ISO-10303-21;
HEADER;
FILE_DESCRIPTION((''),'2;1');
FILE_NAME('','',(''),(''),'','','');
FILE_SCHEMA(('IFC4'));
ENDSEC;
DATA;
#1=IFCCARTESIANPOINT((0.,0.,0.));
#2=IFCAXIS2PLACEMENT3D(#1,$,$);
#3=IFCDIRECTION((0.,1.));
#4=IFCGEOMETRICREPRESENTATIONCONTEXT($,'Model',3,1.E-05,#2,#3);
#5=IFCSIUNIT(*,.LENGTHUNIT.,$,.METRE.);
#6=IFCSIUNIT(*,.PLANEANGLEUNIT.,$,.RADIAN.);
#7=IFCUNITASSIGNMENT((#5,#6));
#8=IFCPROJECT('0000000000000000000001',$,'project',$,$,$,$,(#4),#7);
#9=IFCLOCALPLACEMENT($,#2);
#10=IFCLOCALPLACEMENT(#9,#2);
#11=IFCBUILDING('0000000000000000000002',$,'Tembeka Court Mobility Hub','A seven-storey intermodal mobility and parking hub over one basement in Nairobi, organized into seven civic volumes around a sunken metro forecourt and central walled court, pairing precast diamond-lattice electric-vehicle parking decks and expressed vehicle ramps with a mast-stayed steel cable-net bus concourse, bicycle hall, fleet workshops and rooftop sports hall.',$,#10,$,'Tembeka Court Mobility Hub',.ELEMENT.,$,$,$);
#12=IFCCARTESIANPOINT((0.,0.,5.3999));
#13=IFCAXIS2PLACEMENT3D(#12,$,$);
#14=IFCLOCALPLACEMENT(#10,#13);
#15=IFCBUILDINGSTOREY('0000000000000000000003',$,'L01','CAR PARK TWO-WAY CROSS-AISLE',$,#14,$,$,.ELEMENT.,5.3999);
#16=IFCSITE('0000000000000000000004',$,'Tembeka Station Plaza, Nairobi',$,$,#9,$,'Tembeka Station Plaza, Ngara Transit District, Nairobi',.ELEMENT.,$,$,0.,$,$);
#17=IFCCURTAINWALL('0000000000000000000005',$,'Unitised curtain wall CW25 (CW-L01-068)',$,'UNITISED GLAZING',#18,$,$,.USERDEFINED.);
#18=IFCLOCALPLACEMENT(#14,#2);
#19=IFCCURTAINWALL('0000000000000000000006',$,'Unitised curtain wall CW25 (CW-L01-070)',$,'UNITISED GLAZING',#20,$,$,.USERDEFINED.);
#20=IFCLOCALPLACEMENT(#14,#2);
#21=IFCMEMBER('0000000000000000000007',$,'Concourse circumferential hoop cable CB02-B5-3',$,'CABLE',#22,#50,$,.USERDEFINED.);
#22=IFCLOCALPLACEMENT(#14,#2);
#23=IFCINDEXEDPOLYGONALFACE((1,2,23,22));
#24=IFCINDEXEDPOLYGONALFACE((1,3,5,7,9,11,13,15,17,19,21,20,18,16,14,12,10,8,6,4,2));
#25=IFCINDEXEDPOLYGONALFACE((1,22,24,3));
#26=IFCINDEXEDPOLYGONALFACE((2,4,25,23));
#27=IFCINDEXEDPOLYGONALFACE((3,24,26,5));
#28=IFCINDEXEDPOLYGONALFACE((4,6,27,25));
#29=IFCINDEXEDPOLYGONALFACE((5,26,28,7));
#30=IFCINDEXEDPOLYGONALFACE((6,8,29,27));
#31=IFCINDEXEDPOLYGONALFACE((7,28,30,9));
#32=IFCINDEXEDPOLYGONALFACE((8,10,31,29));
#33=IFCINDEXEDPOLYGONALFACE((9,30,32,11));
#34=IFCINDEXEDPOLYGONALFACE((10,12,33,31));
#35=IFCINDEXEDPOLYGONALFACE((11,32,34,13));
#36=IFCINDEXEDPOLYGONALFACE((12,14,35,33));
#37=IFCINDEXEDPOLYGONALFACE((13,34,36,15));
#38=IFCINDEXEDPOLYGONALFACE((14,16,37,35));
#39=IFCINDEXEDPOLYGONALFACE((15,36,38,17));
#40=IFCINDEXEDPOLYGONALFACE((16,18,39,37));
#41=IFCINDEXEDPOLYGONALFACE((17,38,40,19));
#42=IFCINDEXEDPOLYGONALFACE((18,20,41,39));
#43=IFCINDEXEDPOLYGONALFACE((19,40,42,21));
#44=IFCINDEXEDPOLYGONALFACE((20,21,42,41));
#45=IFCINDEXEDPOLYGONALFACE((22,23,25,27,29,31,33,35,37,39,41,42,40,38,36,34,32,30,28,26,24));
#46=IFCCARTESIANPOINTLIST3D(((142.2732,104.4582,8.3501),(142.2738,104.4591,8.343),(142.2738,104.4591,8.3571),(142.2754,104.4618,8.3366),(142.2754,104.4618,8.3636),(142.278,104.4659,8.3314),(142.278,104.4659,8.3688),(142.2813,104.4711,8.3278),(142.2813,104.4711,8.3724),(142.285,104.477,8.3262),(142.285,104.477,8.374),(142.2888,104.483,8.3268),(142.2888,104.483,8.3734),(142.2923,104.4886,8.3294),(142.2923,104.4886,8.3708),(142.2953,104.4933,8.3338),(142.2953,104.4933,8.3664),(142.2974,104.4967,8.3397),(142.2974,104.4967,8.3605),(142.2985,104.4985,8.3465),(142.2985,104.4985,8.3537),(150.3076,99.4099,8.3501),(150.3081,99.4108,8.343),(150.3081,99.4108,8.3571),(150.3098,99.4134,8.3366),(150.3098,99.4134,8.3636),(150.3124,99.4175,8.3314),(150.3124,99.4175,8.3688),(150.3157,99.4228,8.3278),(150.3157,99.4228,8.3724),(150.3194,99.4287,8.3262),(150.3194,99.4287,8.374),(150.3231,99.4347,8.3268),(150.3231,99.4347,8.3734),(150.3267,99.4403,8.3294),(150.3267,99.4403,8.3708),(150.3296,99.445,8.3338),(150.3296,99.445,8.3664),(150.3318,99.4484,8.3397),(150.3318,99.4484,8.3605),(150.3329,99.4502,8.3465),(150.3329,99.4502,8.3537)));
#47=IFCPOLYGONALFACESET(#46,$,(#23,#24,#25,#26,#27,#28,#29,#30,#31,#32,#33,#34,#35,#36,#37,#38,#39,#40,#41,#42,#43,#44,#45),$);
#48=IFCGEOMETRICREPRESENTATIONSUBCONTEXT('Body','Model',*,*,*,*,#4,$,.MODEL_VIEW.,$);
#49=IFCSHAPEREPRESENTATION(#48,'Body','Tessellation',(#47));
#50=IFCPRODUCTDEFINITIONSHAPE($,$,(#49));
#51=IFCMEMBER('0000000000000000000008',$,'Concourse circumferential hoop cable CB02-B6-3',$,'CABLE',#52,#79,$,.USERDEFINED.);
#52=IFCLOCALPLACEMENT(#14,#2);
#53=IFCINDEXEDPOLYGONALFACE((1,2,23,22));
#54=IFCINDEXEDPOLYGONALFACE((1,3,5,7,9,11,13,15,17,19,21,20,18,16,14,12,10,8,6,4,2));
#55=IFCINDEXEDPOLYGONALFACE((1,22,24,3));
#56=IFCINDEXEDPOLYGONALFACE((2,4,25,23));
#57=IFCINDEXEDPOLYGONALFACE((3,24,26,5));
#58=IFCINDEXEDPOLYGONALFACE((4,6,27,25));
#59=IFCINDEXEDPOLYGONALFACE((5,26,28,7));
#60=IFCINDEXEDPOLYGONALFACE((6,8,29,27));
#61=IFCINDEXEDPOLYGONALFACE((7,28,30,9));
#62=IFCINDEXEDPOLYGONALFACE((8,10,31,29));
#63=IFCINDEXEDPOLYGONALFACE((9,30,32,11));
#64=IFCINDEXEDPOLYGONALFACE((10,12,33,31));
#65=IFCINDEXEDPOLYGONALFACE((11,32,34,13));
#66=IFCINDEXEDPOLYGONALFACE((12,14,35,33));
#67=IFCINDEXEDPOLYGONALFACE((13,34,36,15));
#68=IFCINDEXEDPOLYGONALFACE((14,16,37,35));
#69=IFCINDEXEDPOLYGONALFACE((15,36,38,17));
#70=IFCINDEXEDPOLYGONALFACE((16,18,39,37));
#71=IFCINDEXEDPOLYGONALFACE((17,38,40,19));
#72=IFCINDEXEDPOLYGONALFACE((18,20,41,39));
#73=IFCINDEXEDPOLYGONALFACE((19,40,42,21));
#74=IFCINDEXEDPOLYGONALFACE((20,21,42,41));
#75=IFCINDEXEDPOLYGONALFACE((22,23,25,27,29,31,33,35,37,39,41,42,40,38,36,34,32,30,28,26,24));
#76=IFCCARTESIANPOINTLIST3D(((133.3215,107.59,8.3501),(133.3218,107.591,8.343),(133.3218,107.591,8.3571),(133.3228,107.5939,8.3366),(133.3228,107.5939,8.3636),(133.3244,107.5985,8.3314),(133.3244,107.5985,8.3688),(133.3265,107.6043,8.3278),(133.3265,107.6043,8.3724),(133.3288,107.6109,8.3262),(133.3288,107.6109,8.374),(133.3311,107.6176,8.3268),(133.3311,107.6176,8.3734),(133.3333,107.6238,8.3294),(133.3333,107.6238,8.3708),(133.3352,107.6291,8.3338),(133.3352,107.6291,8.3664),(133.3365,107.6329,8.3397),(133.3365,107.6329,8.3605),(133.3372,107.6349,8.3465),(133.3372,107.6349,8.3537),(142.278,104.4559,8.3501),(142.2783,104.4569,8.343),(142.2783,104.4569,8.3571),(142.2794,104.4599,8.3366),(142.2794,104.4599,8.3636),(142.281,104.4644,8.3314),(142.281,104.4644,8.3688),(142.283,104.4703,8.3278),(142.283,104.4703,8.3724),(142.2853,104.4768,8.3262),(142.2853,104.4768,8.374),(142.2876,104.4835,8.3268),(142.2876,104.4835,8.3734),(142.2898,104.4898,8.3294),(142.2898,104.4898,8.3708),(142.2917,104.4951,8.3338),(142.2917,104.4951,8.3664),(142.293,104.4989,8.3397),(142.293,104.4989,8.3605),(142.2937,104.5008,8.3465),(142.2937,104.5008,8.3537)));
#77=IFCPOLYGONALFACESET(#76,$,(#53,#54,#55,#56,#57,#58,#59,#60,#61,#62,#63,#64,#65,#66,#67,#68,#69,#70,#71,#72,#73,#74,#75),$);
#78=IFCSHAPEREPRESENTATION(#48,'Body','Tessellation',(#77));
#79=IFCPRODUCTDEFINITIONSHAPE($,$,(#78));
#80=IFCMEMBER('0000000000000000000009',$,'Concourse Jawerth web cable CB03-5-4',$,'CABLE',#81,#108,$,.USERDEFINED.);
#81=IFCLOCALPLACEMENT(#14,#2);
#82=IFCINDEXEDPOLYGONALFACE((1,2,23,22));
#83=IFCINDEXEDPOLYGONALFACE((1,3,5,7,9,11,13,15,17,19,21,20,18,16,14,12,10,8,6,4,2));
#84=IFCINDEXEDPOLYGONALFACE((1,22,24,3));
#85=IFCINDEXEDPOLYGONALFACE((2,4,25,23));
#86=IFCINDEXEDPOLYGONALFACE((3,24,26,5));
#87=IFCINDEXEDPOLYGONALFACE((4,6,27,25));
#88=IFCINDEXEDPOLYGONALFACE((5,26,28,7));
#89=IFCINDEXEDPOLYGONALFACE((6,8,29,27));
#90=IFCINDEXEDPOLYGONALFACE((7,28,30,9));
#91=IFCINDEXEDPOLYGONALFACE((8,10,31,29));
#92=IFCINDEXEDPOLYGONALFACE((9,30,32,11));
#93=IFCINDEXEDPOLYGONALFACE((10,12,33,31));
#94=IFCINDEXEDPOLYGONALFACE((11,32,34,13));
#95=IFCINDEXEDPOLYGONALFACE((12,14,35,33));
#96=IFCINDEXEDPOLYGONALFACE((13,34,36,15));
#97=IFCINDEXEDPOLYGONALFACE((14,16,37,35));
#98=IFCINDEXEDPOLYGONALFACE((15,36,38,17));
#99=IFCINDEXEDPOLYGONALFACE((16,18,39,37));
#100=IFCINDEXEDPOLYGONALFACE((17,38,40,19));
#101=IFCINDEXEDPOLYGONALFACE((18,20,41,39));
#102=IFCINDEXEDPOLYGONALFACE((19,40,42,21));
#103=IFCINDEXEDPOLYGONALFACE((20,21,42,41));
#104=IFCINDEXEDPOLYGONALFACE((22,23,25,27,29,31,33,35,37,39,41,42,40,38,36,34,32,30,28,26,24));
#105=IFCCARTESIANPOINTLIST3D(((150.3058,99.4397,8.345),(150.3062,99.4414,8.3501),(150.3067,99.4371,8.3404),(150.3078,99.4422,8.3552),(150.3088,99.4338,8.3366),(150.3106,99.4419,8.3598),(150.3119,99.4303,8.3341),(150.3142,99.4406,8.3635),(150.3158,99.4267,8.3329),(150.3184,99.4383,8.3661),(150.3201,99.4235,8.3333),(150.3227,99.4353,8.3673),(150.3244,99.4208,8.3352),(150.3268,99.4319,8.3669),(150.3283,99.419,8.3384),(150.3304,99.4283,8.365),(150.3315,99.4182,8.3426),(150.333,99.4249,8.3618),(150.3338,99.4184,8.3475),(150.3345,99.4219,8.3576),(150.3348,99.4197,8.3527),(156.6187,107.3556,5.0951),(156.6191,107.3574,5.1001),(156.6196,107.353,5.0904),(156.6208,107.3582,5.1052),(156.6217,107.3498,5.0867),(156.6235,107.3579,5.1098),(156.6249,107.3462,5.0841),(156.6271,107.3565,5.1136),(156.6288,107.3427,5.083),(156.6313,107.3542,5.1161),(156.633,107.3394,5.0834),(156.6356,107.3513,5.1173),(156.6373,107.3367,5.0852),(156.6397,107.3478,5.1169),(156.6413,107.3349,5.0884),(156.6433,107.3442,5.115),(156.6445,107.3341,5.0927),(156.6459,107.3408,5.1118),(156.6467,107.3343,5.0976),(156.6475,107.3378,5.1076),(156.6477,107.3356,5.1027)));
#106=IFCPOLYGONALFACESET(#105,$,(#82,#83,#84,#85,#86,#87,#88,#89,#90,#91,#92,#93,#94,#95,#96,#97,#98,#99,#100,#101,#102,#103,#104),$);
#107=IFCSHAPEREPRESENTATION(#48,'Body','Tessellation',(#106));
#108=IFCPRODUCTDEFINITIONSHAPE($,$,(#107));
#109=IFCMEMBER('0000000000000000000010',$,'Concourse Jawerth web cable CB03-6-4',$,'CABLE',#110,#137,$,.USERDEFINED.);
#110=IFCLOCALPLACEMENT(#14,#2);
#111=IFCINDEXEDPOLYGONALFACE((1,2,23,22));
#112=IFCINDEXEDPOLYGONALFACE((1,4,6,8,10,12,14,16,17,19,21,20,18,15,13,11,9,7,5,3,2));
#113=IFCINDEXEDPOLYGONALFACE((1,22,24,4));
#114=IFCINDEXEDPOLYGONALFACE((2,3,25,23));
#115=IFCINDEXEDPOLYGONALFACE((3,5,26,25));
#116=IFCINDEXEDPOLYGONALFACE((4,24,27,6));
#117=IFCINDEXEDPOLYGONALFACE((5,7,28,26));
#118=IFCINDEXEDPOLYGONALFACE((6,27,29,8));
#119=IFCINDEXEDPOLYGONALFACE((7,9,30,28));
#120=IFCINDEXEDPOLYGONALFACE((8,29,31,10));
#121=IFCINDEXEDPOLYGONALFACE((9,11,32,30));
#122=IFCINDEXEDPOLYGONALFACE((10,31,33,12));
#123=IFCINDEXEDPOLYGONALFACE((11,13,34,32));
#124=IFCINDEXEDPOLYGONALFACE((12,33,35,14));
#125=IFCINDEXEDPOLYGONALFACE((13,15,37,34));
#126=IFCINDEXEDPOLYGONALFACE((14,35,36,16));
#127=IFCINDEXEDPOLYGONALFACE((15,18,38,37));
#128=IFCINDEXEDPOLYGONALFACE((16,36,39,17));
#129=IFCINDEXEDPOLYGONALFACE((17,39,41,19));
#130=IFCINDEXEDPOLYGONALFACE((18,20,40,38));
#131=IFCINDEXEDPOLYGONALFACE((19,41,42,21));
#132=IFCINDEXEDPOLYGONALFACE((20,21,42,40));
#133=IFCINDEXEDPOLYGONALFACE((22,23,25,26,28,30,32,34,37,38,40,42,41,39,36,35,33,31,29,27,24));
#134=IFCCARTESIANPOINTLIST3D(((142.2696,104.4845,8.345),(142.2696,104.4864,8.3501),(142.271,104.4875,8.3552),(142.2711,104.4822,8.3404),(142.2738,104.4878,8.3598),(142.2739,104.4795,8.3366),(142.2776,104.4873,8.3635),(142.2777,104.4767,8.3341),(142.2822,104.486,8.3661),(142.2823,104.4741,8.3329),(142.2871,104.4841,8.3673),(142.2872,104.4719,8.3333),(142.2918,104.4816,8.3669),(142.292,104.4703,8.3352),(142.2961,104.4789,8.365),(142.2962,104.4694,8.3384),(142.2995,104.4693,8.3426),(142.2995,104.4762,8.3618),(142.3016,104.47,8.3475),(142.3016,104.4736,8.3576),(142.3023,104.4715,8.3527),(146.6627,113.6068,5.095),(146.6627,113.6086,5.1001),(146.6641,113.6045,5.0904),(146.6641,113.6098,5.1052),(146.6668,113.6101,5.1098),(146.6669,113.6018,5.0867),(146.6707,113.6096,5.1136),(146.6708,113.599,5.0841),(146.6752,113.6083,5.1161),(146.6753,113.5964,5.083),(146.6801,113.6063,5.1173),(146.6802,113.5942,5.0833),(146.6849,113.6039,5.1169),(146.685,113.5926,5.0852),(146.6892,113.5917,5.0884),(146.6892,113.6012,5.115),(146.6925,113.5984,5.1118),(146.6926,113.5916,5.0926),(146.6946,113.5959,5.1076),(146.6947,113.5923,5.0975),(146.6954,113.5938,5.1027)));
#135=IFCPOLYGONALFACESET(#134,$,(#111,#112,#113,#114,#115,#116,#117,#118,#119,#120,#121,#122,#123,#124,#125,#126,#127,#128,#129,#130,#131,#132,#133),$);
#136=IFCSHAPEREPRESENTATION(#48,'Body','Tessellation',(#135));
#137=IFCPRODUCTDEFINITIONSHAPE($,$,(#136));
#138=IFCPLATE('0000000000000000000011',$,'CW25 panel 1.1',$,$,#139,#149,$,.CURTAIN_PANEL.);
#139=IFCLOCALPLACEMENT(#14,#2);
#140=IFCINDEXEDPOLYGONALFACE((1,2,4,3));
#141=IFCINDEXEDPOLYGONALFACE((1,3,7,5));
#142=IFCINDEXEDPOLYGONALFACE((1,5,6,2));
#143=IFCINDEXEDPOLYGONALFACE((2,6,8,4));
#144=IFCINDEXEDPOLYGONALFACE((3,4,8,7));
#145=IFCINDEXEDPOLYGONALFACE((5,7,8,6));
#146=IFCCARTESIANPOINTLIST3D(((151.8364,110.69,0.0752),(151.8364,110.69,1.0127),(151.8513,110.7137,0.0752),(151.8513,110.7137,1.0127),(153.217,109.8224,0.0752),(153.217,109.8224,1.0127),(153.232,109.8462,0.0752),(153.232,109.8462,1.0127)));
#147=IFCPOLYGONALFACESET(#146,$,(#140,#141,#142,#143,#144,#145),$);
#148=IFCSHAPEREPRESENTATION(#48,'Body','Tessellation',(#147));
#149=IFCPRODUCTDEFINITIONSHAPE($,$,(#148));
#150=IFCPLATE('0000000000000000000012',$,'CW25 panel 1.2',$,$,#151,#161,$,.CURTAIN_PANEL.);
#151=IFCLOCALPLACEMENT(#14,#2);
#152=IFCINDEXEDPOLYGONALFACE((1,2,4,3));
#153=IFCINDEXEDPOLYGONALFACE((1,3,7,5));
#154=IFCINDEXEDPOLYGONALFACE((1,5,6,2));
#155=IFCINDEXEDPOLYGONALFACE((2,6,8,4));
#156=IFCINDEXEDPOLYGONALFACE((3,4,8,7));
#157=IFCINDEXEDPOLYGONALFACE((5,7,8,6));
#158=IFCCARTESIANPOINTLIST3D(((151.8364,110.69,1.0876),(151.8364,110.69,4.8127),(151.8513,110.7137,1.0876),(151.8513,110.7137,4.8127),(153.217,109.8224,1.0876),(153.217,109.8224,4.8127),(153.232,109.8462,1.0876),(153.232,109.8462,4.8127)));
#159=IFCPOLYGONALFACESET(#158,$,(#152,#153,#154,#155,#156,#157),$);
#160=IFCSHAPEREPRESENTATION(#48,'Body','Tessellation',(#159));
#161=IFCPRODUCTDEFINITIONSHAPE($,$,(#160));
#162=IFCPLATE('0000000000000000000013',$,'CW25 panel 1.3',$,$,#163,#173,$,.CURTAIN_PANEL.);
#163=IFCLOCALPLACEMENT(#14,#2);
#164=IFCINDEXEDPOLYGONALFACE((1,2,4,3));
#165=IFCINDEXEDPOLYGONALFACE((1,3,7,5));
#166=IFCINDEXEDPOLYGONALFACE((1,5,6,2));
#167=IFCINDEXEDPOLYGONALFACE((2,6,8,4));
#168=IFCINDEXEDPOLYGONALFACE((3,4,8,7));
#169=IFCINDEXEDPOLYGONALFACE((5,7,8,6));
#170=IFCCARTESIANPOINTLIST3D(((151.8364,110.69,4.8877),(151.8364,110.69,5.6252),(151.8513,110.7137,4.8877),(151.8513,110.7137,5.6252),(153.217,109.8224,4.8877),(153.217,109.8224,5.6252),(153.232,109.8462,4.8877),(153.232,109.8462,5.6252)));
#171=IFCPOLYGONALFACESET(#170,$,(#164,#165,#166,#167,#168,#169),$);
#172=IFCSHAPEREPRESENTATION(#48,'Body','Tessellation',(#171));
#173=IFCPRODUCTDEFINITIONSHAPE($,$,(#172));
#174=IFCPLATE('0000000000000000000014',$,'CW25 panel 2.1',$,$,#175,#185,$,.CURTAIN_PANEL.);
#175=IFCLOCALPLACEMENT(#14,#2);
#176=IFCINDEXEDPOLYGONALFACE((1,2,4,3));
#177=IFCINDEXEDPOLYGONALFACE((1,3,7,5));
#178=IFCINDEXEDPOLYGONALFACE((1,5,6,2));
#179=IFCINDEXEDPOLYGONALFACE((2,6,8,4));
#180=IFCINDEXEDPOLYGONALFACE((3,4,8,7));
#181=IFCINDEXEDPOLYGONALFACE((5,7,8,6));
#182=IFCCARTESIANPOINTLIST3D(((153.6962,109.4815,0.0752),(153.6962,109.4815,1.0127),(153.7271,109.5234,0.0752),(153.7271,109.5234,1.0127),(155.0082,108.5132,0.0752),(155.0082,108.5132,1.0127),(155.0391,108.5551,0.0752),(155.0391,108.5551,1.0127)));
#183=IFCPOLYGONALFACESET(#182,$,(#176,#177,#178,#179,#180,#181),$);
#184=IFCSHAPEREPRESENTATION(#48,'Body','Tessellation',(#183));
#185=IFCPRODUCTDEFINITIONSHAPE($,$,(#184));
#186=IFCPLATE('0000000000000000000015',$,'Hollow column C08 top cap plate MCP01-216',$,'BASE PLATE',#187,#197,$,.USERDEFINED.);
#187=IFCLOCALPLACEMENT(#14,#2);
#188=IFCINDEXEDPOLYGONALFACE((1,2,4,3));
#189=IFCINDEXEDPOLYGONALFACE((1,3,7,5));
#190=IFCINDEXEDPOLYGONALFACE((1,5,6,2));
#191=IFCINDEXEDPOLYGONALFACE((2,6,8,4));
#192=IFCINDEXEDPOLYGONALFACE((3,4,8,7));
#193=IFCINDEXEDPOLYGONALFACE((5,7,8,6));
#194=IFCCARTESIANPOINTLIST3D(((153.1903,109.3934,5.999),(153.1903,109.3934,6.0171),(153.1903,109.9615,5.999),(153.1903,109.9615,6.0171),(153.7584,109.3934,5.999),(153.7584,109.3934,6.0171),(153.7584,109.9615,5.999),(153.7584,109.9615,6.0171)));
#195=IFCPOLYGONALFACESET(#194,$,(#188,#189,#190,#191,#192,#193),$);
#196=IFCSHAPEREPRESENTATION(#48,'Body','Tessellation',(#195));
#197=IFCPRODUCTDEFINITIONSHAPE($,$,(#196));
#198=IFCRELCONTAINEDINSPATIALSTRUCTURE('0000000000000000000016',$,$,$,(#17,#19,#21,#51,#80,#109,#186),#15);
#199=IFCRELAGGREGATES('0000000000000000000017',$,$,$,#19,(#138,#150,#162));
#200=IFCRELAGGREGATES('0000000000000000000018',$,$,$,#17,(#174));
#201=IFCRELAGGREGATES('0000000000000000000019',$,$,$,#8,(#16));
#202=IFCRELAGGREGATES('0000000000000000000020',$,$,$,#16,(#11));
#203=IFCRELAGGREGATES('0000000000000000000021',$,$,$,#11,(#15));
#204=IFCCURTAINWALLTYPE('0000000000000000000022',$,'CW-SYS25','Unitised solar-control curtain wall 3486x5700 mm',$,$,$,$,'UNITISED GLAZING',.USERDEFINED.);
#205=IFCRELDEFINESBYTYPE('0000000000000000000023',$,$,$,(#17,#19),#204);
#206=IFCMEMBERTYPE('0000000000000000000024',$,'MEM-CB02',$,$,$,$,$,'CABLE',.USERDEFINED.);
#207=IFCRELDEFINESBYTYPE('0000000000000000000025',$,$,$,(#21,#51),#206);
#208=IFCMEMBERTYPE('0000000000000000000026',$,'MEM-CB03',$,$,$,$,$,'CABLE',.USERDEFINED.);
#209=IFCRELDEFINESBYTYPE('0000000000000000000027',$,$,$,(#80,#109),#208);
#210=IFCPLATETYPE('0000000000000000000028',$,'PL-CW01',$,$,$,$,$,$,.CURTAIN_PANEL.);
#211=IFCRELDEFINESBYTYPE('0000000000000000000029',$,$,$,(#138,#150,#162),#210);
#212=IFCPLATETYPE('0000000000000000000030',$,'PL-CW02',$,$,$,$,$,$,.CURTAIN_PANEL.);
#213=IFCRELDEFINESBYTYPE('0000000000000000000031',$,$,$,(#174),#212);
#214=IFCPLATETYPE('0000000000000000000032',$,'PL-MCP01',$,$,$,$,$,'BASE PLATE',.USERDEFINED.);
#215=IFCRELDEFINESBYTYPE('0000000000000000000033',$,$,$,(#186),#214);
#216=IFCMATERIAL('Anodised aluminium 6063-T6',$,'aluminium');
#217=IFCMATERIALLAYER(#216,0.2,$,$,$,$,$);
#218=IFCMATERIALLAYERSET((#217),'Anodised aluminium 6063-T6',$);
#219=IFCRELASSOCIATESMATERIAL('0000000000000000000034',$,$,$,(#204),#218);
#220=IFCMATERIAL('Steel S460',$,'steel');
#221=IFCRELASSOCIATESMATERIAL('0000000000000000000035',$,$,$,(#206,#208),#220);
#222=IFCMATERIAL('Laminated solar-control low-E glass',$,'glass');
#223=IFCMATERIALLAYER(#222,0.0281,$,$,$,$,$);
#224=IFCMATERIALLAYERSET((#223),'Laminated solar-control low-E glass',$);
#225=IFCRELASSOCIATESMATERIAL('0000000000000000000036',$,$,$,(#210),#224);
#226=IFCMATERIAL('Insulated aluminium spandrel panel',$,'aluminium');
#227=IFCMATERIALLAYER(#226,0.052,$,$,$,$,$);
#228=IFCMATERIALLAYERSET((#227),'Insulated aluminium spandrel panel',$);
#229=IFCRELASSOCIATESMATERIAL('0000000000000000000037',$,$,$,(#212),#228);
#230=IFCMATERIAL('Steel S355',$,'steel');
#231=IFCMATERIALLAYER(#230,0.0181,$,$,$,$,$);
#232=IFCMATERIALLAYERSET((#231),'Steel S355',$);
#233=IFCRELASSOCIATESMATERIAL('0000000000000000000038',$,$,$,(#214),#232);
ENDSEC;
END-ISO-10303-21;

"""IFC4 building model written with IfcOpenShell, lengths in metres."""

from ifc_helpers import new_model, si_unit, direction, frame, origin, origin_2d, place, context, subcontext, project, spatial, rectangle, circle, extrude, material, layer, layer_set, material_profile, profile_set, type_object, element, aggregate, save


model = new_model("IFC4")

# Units and contexts
model_context = context("Model", 3, precision=1e-05, world=origin(), true_north=direction((0.0, 1.0)))
body_context = subcontext(model_context, "Body", "Model", "MODEL_VIEW")
ifc_project = project(units=[si_unit("LENGTHUNIT", "METRE"), si_unit("PLANEANGLEUNIT", "RADIAN")], contexts=[model_context])

# Site, building, storey
site_placement = place(None, origin())
site = spatial("IfcSite", under=ifc_project, at=site_placement, Name="Tembeka Station Plaza, Nairobi", LongName="Tembeka Station Plaza, Ngara Transit District, Nairobi", CompositionType="ELEMENT", RefElevation=0.0)
building_placement = place(site_placement, origin())
building = spatial("IfcBuilding", under=site, at=building_placement, Name="Tembeka Court Mobility Hub", Description="A seven-storey intermodal mobility and parking hub over one basement in Nairobi, organized into seven civic volumes around a sunken metro forecourt and central walled court, pairing precast diamond-lattice electric-vehicle parking decks and expressed vehicle ramps with a mast-stayed steel cable-net bus concourse, bicycle hall, fleet workshops and rooftop sports hall.", LongName="Tembeka Court Mobility Hub", CompositionType="ELEMENT")
storey_placement = place(building_placement, frame((0.0, 0.0, 5.3999)))
storey = spatial("IfcBuildingStorey", under=building, at=storey_placement, Name="L01", Description="CAR PARK TWO-WAY CROSS-AISLE", CompositionType="ELEMENT", Elevation=5.3999)

# Shared definitions
ifc_material_1 = material(Name="Steel S355", Category="steel")

# Curtain wall
ifc_material_2 = material(Name="Anodised aluminium 6063-T6", Category="aluminium")
ifc_layer_1 = layer(ifc_material_2, 0.2)
ifc_layer_set_1 = layer_set([ifc_layer_1], Name="Anodised aluminium 6063-T6")
curtain_wall_type = type_object("IfcCurtainWallType", Name="CW-SYS25", Description="Unitised solar-control curtain wall 3486x5700 mm", ElementType="UNITISED GLAZING", PredefinedType="USERDEFINED", material=ifc_layer_set_1)
curtain_wall_1_placement = place(storey_placement, origin())
curtain_wall_1 = element("IfcCurtainWall", 1, at=curtain_wall_1_placement, inside=storey, type_object=curtain_wall_type, Name="Unitised curtain wall CW25 (CW-L01-068)", ObjectType="UNITISED GLAZING", PredefinedType="USERDEFINED")

# Curtain wall
curtain_wall_2_placement = place(storey_placement, origin())
curtain_wall_2 = element("IfcCurtainWall", 2, at=curtain_wall_2_placement, inside=storey, type_object=curtain_wall_type, Name="Unitised curtain wall CW25 (CW-L01-070)", ObjectType="UNITISED GLAZING", PredefinedType="USERDEFINED")

# Members
ifc_material_3 = material(Name="Steel S460", Category="steel")
ifc_material_profile_1 = material_profile(ifc_material_3, circle(Radius=0.0239, at=origin_2d()), Name="CABLE D48")
ifc_profile_set_1 = profile_set([ifc_material_profile_1], Name="Steel S460")
member_type_1 = type_object("IfcMemberType", Name="MEM-CB02", ElementType="CABLE", PredefinedType="USERDEFINED", material=ifc_profile_set_1)
member_1_placement = place(storey_placement, frame((150.3203, 99.4302, 8.3501), z_axis=(-0.846725, 0.53203, 0.0), x_axis=(-0.53203, -0.846725, 0.0)))
element("IfcMember", 3, at=member_1_placement, inside=storey, type_object=member_type_1, Name="Concourse circumferential hoop cable CB02-B5-3", ObjectType="CABLE", PredefinedType="USERDEFINED", context=body_context, shape_type="SweptSolid", body=[
    extrude(circle(Radius=0.0239, at=origin_2d()), origin(), (0.0, 0.0, 1.0), 9.4888),
])
member_2_placement = place(storey_placement, frame((142.2859, 104.4785, 8.3501), z_axis=(-0.943883, 0.330279, 0.0), x_axis=(-0.330279, -0.943883, 0.0)))
element("IfcMember", 4, at=member_2_placement, inside=storey, type_object=member_type_1, Name="Concourse circumferential hoop cable CB02-B6-3", ObjectType="CABLE", PredefinedType="USERDEFINED", context=body_context, shape_type="SweptSolid", body=[
    extrude(circle(Radius=0.0239, at=origin_2d()), origin(), (0.0, 0.0, 1.0), 9.489),
])
ifc_material_profile_2 = material_profile(ifc_material_3, circle(Radius=0.0181, at=origin_2d()), Name="CABLE D36")
ifc_profile_set_2 = profile_set([ifc_material_profile_2], Name="Steel S460")
member_type_2 = type_object("IfcMemberType", Name="MEM-CB03", ElementType="CABLE", PredefinedType="USERDEFINED", material=ifc_profile_set_2)
for number, where, z_axis, x_axis, name in (
    (5, (150.3203, 99.4302, 8.3501), (0.593667, 0.744414, -0.305627), (-0.781823, 0.6235, 0.0), "Concourse Jawerth web cable CB03-5-4"),
    (6, (142.2859, 104.4785, 8.3501), (0.413122, 0.857859, -0.305629), (-0.900969, 0.433883, 0.0), "Concourse Jawerth web cable CB03-6-4"),
):
    element("IfcMember", number, at=place(storey_placement, frame(where, z_axis=z_axis, x_axis=x_axis)), inside=storey, type_object=member_type_2, Name=name, ObjectType="CABLE", PredefinedType="USERDEFINED", context=body_context, shape_type="SweptSolid", body=[
        extrude(circle(Radius=0.0181, at=origin_2d()), origin(), (0.0, 0.0, 1.0), 10.6338),
    ])

# Plates
ifc_material_4 = material(Name="Laminated solar-control low-E glass", Category="glass")
ifc_layer_2 = layer(ifc_material_4, 0.0281)
ifc_layer_set_2 = layer_set([ifc_layer_2], Name="Laminated solar-control low-E glass")
plate_type_1 = type_object("IfcPlateType", Name="PL-CW01", PredefinedType="CURTAIN_PANEL", material=ifc_layer_set_2)
plate_1_placement = place(storey_placement, frame((152.5342, 110.2681, 0.0752), z_axis=(0.0, 0.0, 1.0), x_axis=(-0.846708, 0.532058, 0.0)))
plate_1 = element("IfcPlate", 7, at=plate_1_placement, type_object=plate_type_1, Name="CW25 panel 1.1", PredefinedType="CURTAIN_PANEL", context=body_context, shape_type="SweptSolid", body=[
    extrude(rectangle(XDim=1.6306, YDim=0.0281, at=origin_2d()), origin(), (0.0, 0.0, 1.0), 0.9375),
])
plate_2_placement = place(storey_placement, frame((152.5342, 110.2681, 1.0876), z_axis=(0.0, 0.0, 1.0), x_axis=(-0.846708, 0.532058, 0.0)))
plate_2 = element("IfcPlate", 8, at=plate_2_placement, type_object=plate_type_1, Name="CW25 panel 1.2", PredefinedType="CURTAIN_PANEL", context=body_context, shape_type="SweptSolid", body=[
    extrude(rectangle(XDim=1.6306, YDim=0.0281, at=origin_2d()), origin(), (0.0, 0.0, 1.0), 3.7251),
])
plate_3_placement = place(storey_placement, frame((152.5342, 110.2681, 4.8877), z_axis=(0.0, 0.0, 1.0), x_axis=(-0.846708, 0.532058, 0.0)))
plate_3 = element("IfcPlate", 9, at=plate_3_placement, type_object=plate_type_1, Name="CW25 panel 1.3", PredefinedType="CURTAIN_PANEL", context=body_context, shape_type="SweptSolid", body=[
    extrude(rectangle(XDim=1.6306, YDim=0.0281, at=origin_2d()), origin(), (0.0, 0.0, 1.0), 0.7375),
])
aggregate(curtain_wall_2, [plate_1, plate_2, plate_3])
ifc_material_5 = material(Name="Insulated aluminium spandrel panel", Category="aluminium")
ifc_layer_3 = layer(ifc_material_5, 0.052)
ifc_layer_set_3 = layer_set([ifc_layer_3], Name="Insulated aluminium spandrel panel")
plate_type_2 = type_object("IfcPlateType", Name="PL-CW02", PredefinedType="CURTAIN_PANEL", material=ifc_layer_set_3)
plate_4_placement = place(storey_placement, frame((154.3677, 109.0183, 0.0752), z_axis=(0.0, 0.0, 1.0), x_axis=(-0.804599, 0.593818, 0.0)))
plate_4 = element("IfcPlate", 10, at=plate_4_placement, type_object=plate_type_2, Name="CW25 panel 2.1", PredefinedType="CURTAIN_PANEL", context=body_context, shape_type="SweptSolid", body=[
    extrude(rectangle(XDim=1.6306, YDim=0.052, at=origin_2d()), origin(), (0.0, 0.0, 1.0), 0.9375),
])
aggregate(curtain_wall_1, [plate_4])

# Plate
ifc_layer_4 = layer(ifc_material_1, 0.0181)
ifc_layer_set_4 = layer_set([ifc_layer_4], Name="Steel S355")
plate_type_3 = type_object("IfcPlateType", Name="PL-MCP01", ElementType="BASE PLATE", PredefinedType="USERDEFINED", material=ifc_layer_set_4)
plate_5_placement = place(storey_placement, frame((153.4744, 109.6775, 5.999), z_axis=(0.0, 0.0, 1.0), x_axis=(1.0, 0.0, 0.0)))
element("IfcPlate", 11, at=plate_5_placement, inside=storey, type_object=plate_type_3, Name="Hollow column C08 top cap plate MCP01-216", ObjectType="BASE PLATE", PredefinedType="USERDEFINED", context=body_context, shape_type="SweptSolid", body=[
    extrude(rectangle(XDim=0.5681, YDim=0.5681, at=origin_2d()), origin(), (0.0, 0.0, 1.0), 0.0181),
])

save(model, "model.ifc")
